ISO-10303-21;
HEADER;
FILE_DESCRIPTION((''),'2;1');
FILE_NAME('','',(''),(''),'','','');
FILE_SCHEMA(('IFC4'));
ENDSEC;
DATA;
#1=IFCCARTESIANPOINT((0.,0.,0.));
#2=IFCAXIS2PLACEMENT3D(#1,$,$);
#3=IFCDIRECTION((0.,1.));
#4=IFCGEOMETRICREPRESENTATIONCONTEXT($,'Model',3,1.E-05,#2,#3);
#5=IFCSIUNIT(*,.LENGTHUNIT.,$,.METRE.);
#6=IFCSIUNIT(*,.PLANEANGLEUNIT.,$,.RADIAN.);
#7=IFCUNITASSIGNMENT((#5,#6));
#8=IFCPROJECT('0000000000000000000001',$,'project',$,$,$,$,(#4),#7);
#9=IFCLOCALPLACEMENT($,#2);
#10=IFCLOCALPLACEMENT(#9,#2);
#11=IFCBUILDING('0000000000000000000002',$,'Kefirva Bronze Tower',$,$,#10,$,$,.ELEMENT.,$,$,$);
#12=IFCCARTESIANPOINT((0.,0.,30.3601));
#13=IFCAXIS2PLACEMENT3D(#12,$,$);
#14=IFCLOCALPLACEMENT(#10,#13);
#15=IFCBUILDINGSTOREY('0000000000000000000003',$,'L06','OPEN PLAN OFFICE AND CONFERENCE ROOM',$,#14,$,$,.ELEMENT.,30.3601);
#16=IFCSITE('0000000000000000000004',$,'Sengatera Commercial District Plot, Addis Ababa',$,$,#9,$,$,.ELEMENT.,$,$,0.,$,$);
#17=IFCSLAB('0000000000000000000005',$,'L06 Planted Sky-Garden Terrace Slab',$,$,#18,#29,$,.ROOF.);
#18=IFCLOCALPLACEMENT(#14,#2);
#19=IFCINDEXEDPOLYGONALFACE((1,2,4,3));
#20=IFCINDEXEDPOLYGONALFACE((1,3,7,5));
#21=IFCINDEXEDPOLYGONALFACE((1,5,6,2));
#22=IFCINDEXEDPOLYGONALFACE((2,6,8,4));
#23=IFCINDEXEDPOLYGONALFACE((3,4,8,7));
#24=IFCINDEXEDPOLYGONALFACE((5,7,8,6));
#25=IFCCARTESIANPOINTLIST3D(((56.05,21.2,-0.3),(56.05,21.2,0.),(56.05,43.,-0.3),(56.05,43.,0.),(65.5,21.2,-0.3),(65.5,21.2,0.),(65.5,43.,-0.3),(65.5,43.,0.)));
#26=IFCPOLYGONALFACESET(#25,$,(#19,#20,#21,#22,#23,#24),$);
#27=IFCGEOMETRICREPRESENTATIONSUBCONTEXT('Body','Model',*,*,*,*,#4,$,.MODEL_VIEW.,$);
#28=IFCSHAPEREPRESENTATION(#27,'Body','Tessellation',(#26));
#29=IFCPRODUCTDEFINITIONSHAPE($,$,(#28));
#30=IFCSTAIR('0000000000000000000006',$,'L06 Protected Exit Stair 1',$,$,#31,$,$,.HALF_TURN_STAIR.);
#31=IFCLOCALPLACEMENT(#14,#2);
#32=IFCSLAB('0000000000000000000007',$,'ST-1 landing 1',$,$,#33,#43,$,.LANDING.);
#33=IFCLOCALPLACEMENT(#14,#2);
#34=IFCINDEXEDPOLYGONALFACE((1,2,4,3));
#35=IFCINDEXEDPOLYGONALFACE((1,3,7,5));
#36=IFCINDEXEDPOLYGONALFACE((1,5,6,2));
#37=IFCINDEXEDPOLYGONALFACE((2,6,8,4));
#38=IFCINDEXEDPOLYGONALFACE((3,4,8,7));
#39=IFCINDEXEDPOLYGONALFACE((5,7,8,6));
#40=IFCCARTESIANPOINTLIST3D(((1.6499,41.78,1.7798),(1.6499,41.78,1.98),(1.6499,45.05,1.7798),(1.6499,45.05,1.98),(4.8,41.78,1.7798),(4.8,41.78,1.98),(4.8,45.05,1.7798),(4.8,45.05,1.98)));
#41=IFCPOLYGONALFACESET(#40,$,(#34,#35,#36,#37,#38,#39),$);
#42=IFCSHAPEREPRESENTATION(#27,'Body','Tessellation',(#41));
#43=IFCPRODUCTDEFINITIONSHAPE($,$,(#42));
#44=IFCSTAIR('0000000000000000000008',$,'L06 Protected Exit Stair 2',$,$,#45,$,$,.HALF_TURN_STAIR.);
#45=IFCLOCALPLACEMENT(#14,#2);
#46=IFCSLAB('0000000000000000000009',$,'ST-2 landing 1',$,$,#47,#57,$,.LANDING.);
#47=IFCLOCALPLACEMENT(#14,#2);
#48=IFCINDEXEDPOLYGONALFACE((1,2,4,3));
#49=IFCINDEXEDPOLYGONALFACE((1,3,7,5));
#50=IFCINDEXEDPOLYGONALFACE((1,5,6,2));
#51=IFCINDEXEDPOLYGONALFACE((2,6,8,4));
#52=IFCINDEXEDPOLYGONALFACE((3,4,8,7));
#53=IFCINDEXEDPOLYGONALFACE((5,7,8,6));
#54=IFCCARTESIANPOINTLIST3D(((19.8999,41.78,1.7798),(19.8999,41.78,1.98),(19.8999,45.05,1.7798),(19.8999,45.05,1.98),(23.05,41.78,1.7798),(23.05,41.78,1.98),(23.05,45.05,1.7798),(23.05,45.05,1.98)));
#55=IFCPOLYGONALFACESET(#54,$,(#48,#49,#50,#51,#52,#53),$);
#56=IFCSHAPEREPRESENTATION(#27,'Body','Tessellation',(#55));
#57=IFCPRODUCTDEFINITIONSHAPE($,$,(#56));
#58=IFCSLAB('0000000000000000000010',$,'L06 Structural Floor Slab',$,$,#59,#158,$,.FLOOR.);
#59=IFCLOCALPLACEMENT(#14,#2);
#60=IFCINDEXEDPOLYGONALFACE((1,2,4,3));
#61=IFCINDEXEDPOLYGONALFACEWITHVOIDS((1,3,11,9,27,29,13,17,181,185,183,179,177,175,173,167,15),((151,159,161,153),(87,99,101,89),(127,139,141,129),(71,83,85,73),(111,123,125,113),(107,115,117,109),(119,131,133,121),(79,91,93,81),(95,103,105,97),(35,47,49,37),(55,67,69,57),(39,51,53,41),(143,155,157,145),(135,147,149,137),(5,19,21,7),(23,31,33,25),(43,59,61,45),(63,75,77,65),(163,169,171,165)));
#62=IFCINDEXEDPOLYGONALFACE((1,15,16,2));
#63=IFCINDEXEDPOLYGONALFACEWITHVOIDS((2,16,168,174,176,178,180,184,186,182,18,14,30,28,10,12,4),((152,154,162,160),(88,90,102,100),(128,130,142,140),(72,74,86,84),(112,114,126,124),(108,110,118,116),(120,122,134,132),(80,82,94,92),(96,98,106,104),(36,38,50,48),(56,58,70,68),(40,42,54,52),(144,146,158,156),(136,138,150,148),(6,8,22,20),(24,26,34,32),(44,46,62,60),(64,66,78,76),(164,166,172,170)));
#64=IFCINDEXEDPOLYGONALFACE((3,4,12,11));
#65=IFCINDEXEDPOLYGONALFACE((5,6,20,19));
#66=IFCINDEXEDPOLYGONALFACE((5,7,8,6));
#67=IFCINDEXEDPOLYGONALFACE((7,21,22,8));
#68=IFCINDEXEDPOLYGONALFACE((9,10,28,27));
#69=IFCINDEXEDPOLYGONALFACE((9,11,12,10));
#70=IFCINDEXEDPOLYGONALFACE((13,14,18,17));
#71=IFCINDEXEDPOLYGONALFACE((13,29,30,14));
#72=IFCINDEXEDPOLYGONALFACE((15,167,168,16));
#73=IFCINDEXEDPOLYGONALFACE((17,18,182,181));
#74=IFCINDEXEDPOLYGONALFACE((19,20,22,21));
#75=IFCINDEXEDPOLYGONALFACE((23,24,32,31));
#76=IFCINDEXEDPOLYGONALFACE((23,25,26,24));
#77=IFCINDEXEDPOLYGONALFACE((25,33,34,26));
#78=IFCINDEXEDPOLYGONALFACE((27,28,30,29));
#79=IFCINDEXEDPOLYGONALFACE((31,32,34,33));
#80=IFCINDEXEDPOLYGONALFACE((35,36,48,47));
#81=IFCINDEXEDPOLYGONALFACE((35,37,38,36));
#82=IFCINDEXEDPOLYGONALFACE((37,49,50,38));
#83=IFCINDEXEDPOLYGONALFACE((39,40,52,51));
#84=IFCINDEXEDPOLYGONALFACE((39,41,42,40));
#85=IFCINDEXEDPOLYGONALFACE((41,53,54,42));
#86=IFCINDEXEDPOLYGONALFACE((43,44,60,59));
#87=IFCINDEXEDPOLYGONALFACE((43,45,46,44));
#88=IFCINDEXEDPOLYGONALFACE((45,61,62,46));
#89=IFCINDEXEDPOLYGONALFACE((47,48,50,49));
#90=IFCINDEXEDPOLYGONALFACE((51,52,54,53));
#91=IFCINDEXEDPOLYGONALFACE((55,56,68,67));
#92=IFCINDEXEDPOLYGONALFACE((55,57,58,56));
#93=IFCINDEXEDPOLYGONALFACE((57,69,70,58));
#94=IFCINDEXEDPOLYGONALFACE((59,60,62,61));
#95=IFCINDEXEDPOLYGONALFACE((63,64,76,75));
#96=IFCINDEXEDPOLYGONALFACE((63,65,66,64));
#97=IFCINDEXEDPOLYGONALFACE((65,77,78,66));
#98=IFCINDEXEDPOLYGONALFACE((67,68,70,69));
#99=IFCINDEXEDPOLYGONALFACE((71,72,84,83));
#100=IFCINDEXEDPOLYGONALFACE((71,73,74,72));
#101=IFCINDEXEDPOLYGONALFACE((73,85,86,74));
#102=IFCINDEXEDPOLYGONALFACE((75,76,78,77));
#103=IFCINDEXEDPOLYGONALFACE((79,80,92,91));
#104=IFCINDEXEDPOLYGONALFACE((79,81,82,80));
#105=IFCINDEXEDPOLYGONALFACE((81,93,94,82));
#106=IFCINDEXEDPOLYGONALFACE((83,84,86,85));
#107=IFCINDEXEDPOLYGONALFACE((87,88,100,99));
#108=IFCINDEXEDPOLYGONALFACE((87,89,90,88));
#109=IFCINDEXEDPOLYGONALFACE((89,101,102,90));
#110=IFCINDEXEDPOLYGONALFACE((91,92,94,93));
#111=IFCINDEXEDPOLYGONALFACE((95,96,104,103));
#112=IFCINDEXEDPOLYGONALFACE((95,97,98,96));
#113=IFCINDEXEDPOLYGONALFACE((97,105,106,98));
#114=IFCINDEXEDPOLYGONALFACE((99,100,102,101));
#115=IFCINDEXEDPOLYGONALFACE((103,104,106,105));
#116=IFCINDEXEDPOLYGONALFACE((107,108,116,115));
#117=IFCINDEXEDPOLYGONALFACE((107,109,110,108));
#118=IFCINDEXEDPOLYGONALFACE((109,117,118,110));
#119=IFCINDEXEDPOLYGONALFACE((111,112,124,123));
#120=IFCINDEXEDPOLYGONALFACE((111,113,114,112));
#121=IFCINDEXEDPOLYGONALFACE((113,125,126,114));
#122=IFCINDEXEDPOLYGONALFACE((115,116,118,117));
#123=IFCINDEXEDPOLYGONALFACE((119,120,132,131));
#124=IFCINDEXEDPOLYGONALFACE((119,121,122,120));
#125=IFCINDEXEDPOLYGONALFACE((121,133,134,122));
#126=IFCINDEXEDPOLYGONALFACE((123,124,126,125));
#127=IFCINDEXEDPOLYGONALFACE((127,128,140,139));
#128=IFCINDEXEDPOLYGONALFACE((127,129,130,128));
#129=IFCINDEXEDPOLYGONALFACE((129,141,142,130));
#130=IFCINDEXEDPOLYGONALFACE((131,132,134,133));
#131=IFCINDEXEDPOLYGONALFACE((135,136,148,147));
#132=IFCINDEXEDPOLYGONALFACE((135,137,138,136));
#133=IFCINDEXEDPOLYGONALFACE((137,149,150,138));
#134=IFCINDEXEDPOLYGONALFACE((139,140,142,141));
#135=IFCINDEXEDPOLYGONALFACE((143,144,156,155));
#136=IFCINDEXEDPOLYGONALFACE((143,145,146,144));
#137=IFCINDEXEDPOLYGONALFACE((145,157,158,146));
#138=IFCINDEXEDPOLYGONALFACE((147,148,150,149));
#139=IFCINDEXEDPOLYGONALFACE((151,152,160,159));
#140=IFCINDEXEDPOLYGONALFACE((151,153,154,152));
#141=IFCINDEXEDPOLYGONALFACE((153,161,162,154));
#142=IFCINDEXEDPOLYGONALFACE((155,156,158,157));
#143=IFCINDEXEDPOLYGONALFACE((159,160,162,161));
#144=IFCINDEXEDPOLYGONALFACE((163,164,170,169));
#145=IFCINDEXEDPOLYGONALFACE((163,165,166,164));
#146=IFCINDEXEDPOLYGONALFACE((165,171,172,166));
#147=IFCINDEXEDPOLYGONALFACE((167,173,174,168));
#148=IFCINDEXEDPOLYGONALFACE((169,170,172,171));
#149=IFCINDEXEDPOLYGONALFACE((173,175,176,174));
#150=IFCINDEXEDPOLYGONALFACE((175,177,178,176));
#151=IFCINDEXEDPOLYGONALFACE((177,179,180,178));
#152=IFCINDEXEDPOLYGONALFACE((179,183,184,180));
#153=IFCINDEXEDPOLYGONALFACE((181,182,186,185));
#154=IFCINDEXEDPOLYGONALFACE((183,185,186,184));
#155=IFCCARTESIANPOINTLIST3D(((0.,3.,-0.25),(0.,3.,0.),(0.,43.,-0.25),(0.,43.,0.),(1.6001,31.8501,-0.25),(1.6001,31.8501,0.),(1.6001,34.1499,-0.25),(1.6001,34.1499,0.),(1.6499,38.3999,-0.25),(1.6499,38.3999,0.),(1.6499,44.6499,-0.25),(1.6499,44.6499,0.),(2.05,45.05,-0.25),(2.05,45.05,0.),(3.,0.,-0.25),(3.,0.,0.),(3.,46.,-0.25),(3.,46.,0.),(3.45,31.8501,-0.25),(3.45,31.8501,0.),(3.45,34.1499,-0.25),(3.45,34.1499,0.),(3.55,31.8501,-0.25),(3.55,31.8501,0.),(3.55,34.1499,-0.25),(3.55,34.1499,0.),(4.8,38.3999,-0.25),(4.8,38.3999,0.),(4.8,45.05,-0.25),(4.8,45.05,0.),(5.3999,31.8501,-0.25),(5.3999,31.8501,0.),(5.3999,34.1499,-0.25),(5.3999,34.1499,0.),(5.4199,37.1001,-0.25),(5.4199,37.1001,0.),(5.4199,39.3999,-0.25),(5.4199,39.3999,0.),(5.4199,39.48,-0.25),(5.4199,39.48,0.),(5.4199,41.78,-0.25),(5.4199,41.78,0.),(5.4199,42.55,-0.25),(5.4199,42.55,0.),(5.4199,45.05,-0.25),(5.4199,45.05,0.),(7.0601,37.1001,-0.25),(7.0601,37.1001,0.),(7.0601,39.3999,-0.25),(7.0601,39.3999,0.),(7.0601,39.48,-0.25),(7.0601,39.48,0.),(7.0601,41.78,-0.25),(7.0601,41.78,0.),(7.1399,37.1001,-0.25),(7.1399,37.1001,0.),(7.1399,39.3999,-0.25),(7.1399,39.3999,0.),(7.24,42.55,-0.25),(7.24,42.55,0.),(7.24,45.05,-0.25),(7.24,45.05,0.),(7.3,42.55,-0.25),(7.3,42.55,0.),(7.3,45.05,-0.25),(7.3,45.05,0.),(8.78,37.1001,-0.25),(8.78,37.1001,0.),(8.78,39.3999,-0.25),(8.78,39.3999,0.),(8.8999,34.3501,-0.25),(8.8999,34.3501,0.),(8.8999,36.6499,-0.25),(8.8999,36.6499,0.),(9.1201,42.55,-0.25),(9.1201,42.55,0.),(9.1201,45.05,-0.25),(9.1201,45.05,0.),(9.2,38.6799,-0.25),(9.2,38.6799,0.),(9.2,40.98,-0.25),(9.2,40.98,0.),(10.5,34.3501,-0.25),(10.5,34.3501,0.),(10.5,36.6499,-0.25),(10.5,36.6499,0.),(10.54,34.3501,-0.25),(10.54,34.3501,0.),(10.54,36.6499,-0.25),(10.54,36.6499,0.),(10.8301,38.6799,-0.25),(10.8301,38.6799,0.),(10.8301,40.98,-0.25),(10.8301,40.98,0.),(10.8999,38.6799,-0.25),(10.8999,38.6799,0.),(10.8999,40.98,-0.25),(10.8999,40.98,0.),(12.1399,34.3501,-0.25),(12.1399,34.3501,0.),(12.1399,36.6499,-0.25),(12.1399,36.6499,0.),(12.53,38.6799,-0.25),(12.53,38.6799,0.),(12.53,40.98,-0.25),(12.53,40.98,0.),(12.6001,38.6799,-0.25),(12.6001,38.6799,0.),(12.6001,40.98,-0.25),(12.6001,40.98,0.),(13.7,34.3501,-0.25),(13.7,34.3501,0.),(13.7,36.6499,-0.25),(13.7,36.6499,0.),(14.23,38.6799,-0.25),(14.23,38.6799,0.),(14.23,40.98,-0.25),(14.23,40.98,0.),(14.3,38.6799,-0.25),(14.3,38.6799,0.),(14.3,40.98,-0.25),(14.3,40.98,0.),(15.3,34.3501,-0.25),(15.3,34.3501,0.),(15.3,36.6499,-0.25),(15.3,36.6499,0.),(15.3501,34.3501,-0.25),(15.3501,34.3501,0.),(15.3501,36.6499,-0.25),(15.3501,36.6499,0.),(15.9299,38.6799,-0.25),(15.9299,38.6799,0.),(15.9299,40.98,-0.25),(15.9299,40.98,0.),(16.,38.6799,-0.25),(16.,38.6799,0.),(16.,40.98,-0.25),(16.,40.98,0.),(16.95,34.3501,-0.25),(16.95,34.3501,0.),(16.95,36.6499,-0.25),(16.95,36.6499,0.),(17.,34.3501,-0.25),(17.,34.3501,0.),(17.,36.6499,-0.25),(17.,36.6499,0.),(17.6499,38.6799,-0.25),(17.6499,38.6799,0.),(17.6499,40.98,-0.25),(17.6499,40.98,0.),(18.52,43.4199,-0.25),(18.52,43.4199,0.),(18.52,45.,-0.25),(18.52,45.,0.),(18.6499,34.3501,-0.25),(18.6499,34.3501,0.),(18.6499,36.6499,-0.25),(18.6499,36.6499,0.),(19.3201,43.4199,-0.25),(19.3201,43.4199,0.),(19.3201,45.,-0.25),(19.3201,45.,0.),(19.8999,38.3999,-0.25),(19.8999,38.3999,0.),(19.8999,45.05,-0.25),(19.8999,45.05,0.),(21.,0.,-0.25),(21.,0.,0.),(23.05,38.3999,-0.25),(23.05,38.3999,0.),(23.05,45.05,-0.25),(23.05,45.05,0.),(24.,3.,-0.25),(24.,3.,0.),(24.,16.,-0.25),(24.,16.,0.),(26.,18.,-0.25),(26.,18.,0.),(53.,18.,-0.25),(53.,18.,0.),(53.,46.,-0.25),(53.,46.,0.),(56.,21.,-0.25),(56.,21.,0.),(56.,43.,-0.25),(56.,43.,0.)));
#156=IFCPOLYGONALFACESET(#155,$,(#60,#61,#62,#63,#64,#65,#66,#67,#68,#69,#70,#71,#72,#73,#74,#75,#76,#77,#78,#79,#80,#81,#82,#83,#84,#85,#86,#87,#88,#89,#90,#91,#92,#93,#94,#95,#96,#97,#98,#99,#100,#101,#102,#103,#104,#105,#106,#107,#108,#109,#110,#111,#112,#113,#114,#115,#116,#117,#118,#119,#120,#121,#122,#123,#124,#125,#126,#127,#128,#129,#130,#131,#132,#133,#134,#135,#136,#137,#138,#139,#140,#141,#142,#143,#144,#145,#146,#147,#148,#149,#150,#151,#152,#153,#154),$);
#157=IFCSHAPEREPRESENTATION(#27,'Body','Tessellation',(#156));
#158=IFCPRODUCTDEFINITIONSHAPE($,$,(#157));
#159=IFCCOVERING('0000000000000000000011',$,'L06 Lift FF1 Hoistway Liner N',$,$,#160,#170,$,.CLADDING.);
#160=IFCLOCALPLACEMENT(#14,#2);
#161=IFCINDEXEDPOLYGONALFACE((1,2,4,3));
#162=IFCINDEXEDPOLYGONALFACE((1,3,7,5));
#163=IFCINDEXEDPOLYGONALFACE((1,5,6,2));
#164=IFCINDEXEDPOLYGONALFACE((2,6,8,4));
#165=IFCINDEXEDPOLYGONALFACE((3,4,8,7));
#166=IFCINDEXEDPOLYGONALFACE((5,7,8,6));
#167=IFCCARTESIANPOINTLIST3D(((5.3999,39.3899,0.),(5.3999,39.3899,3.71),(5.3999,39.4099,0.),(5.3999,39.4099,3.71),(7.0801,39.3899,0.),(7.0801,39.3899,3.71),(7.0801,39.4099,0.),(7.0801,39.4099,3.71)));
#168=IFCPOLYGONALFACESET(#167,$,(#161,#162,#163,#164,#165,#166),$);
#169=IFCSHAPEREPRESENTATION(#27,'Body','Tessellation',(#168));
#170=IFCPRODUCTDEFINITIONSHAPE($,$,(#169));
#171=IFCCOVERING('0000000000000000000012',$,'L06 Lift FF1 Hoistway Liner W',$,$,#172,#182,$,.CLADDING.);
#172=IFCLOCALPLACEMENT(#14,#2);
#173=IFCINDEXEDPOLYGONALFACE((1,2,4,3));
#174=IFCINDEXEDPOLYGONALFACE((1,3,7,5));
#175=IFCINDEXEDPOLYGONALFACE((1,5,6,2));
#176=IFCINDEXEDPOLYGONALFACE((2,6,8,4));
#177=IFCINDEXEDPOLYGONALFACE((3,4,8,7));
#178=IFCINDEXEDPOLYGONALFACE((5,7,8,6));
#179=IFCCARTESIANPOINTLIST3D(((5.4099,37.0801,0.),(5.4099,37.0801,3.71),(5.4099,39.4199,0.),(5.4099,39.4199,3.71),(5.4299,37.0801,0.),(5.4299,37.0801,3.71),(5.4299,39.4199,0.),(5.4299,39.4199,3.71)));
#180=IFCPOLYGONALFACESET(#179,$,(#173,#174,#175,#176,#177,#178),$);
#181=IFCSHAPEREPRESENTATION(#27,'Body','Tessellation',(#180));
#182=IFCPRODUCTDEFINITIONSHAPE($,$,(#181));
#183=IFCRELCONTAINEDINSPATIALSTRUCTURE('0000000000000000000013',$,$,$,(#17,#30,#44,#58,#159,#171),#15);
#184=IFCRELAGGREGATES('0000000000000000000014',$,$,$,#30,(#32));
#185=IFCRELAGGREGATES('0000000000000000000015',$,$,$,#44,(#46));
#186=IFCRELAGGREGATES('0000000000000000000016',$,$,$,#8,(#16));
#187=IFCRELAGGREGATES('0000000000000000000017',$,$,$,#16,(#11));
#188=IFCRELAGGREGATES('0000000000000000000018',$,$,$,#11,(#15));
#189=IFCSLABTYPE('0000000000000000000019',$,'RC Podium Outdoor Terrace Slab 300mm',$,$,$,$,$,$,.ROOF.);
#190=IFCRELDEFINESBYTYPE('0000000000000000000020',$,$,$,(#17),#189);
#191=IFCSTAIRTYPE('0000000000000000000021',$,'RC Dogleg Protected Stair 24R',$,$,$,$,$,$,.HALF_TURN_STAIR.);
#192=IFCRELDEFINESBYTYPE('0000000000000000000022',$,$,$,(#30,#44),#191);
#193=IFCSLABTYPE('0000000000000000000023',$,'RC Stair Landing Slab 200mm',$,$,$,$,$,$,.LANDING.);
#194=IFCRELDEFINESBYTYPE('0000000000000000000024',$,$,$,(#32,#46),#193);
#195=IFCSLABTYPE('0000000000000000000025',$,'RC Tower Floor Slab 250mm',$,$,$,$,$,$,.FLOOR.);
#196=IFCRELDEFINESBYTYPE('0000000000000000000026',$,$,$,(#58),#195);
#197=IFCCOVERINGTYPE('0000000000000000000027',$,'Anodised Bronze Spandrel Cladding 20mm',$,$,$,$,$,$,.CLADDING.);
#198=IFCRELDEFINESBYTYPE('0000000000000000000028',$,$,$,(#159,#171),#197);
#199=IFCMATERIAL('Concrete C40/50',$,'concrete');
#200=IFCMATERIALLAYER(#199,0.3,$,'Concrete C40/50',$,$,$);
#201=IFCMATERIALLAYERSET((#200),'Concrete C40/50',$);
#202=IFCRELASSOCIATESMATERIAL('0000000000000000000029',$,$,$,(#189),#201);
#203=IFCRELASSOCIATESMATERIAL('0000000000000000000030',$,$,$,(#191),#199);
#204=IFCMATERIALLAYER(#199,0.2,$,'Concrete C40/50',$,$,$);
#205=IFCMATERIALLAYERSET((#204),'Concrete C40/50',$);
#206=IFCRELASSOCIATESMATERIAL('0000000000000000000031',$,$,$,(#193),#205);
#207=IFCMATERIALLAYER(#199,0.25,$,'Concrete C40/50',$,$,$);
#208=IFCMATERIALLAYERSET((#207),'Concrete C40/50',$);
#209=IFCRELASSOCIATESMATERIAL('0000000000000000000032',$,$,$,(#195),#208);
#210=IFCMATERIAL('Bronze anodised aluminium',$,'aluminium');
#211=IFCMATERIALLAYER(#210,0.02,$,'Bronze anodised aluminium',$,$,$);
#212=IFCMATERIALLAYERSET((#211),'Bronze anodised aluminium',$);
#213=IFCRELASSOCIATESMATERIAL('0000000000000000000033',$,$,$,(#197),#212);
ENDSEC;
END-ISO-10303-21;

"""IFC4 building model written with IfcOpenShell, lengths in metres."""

from ifc_helpers import new_model, si_unit, direction, frame, origin, place, context, subcontext, project, spatial, polyline, outline, extrude, material, layer, layer_set, type_object, element, aggregate, save


model = new_model("IFC4")

# Units and contexts
model_context = context("Model", 3, precision=1e-05, world=origin(), true_north=direction((0.0, 1.0)))
body_context = subcontext(model_context, "Body", "Model", "MODEL_VIEW")
ifc_project = project(units=[si_unit("LENGTHUNIT", "METRE"), si_unit("PLANEANGLEUNIT", "RADIAN")], contexts=[model_context])

# Site, building, storey
site_placement = place(None, origin())
site = spatial("IfcSite", under=ifc_project, at=site_placement, Name="Sengatera Commercial District Plot, Addis Ababa", CompositionType="ELEMENT", RefElevation=0.0)
building_placement = place(site_placement, origin())
building = spatial("IfcBuilding", under=site, at=building_placement, Name="Kefirva Bronze Tower", CompositionType="ELEMENT")
storey_placement = place(building_placement, frame((0.0, 0.0, 30.3601)))
storey = spatial("IfcBuildingStorey", under=building, at=storey_placement, Name="L06", Description="OPEN PLAN OFFICE AND CONFERENCE ROOM", CompositionType="ELEMENT", Elevation=30.3601)

# Slab
ifc_material_1 = material(Name="Concrete C40/50", Category="concrete")
ifc_layer_1 = layer(ifc_material_1, 0.3, Name="Concrete C40/50")
ifc_layer_set_1 = layer_set([ifc_layer_1], Name="Concrete C40/50")
slab_type_1 = type_object("IfcSlabType", Name="RC Podium Outdoor Terrace Slab 300mm", PredefinedType="ROOF", material=ifc_layer_set_1)
slab_1_placement = place(storey_placement, frame((0.0, 0.0, -0.3)))
element("IfcSlab", 1, at=slab_1_placement, inside=storey, type_object=slab_type_1, Name="L06 Planted Sky-Garden Terrace Slab", PredefinedType="ROOF", context=body_context, shape_type="SweptSolid", body=[
    extrude(outline(polyline([(56.05, 21.2), (65.5, 21.2), (65.5, 43.0), (56.05, 43.0), (56.05, 21.2)])), origin(), (0.0, 0.0, 1.0), 0.3),
])

# Stairs, slabs
stair_type = type_object("IfcStairType", Name="RC Dogleg Protected Stair 24R", PredefinedType="HALF_TURN_STAIR", material=ifc_material_1)
stair_1_placement = place(storey_placement, origin())
stair_1 = element("IfcStair", 2, at=stair_1_placement, inside=storey, type_object=stair_type, Name="L06 Protected Exit Stair 1", PredefinedType="HALF_TURN_STAIR")
ifc_layer_2 = layer(ifc_material_1, 0.2, Name="Concrete C40/50")
ifc_layer_set_2 = layer_set([ifc_layer_2], Name="Concrete C40/50")
slab_type_2 = type_object("IfcSlabType", Name="RC Stair Landing Slab 200mm", PredefinedType="LANDING", material=ifc_layer_set_2)
slab_2_placement = place(storey_placement, frame((0.0, 0.0, 1.7798)))
slab_2 = element("IfcSlab", 3, at=slab_2_placement, type_object=slab_type_2, Name="ST-1 landing 1", PredefinedType="LANDING", context=body_context, shape_type="SweptSolid", body=[
    extrude(outline(polyline([(4.8, 41.78), (4.8, 45.05), (1.6499, 45.05), (1.6499, 41.78), (4.8, 41.78)])), origin(), (0.0, 0.0, 1.0), 0.2002),
])
aggregate(stair_1, [slab_2])
stair_2_placement = place(storey_placement, origin())
stair_2 = element("IfcStair", 4, at=stair_2_placement, inside=storey, type_object=stair_type, Name="L06 Protected Exit Stair 2", PredefinedType="HALF_TURN_STAIR")
slab_3_placement = place(storey_placement, frame((0.0, 0.0, 1.7798)))
slab_3 = element("IfcSlab", 5, at=slab_3_placement, type_object=slab_type_2, Name="ST-2 landing 1", PredefinedType="LANDING", context=body_context, shape_type="SweptSolid", body=[
    extrude(outline(polyline([(23.05, 41.78), (23.05, 45.05), (19.8999, 45.05), (19.8999, 41.78), (23.05, 41.78)])), origin(), (0.0, 0.0, 1.0), 0.2002),
])
aggregate(stair_2, [slab_3])

# Slab
ifc_layer_3 = layer(ifc_material_1, 0.25, Name="Concrete C40/50")
ifc_layer_set_3 = layer_set([ifc_layer_3], Name="Concrete C40/50")
slab_type_3 = type_object("IfcSlabType", Name="RC Tower Floor Slab 250mm", PredefinedType="FLOOR", material=ifc_layer_set_3)
slab_4_placement = place(storey_placement, frame((0.0, 0.0, -0.25)))
element("IfcSlab", 6, at=slab_4_placement, inside=storey, type_object=slab_type_3, Name="L06 Structural Floor Slab", PredefinedType="FLOOR", context=body_context, shape_type="SweptSolid", body=[
    extrude(outline(polyline([(0.0, 3.0), (0.0, 43.0), (1.6499, 44.6499), (1.6499, 38.3999), (4.8, 38.3999), (4.8, 45.05), (2.05, 45.05), (3.0, 46.0), (53.0, 46.0), (56.0, 43.0), (56.0, 21.0), (53.0, 18.0), (26.0, 18.0), (24.0, 16.0), (24.0, 3.0), (21.0, 0.0), (3.0, 0.0), (0.0, 3.0)]), holes=[polyline([(19.8999, 38.3999), (23.05, 38.3999), (23.05, 45.05), (19.8999, 45.05), (19.8999, 38.3999)]), polyline([(18.52, 43.4199), (19.3201, 43.4199), (19.3201, 45.0), (18.52, 45.0), (18.52, 43.4199)]), polyline([(17.0, 34.3501), (18.6499, 34.3501), (18.6499, 36.6499), (17.0, 36.6499), (17.0, 34.3501)]), polyline([(17.6499, 38.6799), (17.6499, 40.98), (16.0, 40.98), (16.0, 38.6799), (17.6499, 38.6799)]), polyline([(16.95, 34.3501), (16.95, 36.6499), (15.3501, 36.6499), (15.3501, 34.3501), (16.95, 34.3501)]), polyline([(15.9299, 38.6799), (15.9299, 40.98), (14.3, 40.98), (14.3, 38.6799), (15.9299, 38.6799)]), polyline([(15.3, 34.3501), (15.3, 36.6499), (13.7, 36.6499), (13.7, 34.3501), (15.3, 34.3501)]), polyline([(14.23, 38.6799), (14.23, 40.98), (12.6001, 40.98), (12.6001, 38.6799), (14.23, 38.6799)]), polyline([(10.8999, 38.6799), (12.53, 38.6799), (12.53, 40.98), (10.8999, 40.98), (10.8999, 38.6799)]), polyline([(12.1399, 34.3501), (12.1399, 36.6499), (10.54, 36.6499), (10.54, 34.3501), (12.1399, 34.3501)]), polyline([(10.8301, 38.6799), (10.8301, 40.98), (9.2, 40.98), (9.2, 38.6799), (10.8301, 38.6799)]), polyline([(10.5, 34.3501), (10.5, 36.6499), (8.8999, 36.6499), (8.8999, 34.3501), (10.5, 34.3501)]), polyline([(7.3, 42.55), (9.1201, 42.55), (9.1201, 45.05), (7.3, 45.05), (7.3, 42.55)]), polyline([(7.1399, 37.1001), (8.78, 37.1001), (8.78, 39.3999), (7.1399, 39.3999), (7.1399, 37.1001)]), polyline([(5.4199, 42.55), (7.24, 42.55), (7.24, 45.05), (5.4199, 45.05), (5.4199, 42.55)]), polyline([(7.0601, 39.48), (7.0601, 41.78), (5.4199, 41.78), (5.4199, 39.48), (7.0601, 39.48)]), polyline([(5.4199, 37.1001), (7.0601, 37.1001), (7.0601, 39.3999), (5.4199, 39.3999), (5.4199, 37.1001)]), polyline([(5.3999, 31.8501), (5.3999, 34.1499), (3.55, 34.1499), (3.55, 31.8501), (5.3999, 31.8501)]), polyline([(3.45, 31.8501), (3.45, 34.1499), (1.6001, 34.1499), (1.6001, 31.8501), (3.45, 31.8501)])]), origin(), (0.0, 0.0, 1.0), 0.25),
])

# Coverings
ifc_material_2 = material(Name="Bronze anodised aluminium", Category="aluminium")
ifc_layer_4 = layer(ifc_material_2, 0.02, Name="Bronze anodised aluminium")
ifc_layer_set_4 = layer_set([ifc_layer_4], Name="Bronze anodised aluminium")
covering_type_1 = type_object("IfcCoveringType", Name="Anodised Bronze Spandrel Cladding 20mm", PredefinedType="CLADDING", material=ifc_layer_set_4)
covering_1_placement = place(storey_placement, origin())
element("IfcCovering", 7, at=covering_1_placement, inside=storey, type_object=covering_type_1, Name="L06 Lift FF1 Hoistway Liner N", PredefinedType="CLADDING", context=body_context, shape_type="SweptSolid", body=[
    extrude(outline(polyline([(5.3999, 39.3899), (7.0801, 39.3899), (7.0801, 39.4099), (5.3999, 39.4099), (5.3999, 39.3899)])), origin(), (0.0, 0.0, 1.0), 3.71),
])
covering_2_placement = place(storey_placement, origin())
element("IfcCovering", 8, at=covering_2_placement, inside=storey, type_object=covering_type_1, Name="L06 Lift FF1 Hoistway Liner W", PredefinedType="CLADDING", context=body_context, shape_type="SweptSolid", body=[
    extrude(outline(polyline([(5.4099, 37.0801), (5.4299, 37.0801), (5.4299, 39.4199), (5.4099, 39.4199), (5.4099, 37.0801)])), origin(), (0.0, 0.0, 1.0), 3.71),
])

save(model, "model.ifc")
